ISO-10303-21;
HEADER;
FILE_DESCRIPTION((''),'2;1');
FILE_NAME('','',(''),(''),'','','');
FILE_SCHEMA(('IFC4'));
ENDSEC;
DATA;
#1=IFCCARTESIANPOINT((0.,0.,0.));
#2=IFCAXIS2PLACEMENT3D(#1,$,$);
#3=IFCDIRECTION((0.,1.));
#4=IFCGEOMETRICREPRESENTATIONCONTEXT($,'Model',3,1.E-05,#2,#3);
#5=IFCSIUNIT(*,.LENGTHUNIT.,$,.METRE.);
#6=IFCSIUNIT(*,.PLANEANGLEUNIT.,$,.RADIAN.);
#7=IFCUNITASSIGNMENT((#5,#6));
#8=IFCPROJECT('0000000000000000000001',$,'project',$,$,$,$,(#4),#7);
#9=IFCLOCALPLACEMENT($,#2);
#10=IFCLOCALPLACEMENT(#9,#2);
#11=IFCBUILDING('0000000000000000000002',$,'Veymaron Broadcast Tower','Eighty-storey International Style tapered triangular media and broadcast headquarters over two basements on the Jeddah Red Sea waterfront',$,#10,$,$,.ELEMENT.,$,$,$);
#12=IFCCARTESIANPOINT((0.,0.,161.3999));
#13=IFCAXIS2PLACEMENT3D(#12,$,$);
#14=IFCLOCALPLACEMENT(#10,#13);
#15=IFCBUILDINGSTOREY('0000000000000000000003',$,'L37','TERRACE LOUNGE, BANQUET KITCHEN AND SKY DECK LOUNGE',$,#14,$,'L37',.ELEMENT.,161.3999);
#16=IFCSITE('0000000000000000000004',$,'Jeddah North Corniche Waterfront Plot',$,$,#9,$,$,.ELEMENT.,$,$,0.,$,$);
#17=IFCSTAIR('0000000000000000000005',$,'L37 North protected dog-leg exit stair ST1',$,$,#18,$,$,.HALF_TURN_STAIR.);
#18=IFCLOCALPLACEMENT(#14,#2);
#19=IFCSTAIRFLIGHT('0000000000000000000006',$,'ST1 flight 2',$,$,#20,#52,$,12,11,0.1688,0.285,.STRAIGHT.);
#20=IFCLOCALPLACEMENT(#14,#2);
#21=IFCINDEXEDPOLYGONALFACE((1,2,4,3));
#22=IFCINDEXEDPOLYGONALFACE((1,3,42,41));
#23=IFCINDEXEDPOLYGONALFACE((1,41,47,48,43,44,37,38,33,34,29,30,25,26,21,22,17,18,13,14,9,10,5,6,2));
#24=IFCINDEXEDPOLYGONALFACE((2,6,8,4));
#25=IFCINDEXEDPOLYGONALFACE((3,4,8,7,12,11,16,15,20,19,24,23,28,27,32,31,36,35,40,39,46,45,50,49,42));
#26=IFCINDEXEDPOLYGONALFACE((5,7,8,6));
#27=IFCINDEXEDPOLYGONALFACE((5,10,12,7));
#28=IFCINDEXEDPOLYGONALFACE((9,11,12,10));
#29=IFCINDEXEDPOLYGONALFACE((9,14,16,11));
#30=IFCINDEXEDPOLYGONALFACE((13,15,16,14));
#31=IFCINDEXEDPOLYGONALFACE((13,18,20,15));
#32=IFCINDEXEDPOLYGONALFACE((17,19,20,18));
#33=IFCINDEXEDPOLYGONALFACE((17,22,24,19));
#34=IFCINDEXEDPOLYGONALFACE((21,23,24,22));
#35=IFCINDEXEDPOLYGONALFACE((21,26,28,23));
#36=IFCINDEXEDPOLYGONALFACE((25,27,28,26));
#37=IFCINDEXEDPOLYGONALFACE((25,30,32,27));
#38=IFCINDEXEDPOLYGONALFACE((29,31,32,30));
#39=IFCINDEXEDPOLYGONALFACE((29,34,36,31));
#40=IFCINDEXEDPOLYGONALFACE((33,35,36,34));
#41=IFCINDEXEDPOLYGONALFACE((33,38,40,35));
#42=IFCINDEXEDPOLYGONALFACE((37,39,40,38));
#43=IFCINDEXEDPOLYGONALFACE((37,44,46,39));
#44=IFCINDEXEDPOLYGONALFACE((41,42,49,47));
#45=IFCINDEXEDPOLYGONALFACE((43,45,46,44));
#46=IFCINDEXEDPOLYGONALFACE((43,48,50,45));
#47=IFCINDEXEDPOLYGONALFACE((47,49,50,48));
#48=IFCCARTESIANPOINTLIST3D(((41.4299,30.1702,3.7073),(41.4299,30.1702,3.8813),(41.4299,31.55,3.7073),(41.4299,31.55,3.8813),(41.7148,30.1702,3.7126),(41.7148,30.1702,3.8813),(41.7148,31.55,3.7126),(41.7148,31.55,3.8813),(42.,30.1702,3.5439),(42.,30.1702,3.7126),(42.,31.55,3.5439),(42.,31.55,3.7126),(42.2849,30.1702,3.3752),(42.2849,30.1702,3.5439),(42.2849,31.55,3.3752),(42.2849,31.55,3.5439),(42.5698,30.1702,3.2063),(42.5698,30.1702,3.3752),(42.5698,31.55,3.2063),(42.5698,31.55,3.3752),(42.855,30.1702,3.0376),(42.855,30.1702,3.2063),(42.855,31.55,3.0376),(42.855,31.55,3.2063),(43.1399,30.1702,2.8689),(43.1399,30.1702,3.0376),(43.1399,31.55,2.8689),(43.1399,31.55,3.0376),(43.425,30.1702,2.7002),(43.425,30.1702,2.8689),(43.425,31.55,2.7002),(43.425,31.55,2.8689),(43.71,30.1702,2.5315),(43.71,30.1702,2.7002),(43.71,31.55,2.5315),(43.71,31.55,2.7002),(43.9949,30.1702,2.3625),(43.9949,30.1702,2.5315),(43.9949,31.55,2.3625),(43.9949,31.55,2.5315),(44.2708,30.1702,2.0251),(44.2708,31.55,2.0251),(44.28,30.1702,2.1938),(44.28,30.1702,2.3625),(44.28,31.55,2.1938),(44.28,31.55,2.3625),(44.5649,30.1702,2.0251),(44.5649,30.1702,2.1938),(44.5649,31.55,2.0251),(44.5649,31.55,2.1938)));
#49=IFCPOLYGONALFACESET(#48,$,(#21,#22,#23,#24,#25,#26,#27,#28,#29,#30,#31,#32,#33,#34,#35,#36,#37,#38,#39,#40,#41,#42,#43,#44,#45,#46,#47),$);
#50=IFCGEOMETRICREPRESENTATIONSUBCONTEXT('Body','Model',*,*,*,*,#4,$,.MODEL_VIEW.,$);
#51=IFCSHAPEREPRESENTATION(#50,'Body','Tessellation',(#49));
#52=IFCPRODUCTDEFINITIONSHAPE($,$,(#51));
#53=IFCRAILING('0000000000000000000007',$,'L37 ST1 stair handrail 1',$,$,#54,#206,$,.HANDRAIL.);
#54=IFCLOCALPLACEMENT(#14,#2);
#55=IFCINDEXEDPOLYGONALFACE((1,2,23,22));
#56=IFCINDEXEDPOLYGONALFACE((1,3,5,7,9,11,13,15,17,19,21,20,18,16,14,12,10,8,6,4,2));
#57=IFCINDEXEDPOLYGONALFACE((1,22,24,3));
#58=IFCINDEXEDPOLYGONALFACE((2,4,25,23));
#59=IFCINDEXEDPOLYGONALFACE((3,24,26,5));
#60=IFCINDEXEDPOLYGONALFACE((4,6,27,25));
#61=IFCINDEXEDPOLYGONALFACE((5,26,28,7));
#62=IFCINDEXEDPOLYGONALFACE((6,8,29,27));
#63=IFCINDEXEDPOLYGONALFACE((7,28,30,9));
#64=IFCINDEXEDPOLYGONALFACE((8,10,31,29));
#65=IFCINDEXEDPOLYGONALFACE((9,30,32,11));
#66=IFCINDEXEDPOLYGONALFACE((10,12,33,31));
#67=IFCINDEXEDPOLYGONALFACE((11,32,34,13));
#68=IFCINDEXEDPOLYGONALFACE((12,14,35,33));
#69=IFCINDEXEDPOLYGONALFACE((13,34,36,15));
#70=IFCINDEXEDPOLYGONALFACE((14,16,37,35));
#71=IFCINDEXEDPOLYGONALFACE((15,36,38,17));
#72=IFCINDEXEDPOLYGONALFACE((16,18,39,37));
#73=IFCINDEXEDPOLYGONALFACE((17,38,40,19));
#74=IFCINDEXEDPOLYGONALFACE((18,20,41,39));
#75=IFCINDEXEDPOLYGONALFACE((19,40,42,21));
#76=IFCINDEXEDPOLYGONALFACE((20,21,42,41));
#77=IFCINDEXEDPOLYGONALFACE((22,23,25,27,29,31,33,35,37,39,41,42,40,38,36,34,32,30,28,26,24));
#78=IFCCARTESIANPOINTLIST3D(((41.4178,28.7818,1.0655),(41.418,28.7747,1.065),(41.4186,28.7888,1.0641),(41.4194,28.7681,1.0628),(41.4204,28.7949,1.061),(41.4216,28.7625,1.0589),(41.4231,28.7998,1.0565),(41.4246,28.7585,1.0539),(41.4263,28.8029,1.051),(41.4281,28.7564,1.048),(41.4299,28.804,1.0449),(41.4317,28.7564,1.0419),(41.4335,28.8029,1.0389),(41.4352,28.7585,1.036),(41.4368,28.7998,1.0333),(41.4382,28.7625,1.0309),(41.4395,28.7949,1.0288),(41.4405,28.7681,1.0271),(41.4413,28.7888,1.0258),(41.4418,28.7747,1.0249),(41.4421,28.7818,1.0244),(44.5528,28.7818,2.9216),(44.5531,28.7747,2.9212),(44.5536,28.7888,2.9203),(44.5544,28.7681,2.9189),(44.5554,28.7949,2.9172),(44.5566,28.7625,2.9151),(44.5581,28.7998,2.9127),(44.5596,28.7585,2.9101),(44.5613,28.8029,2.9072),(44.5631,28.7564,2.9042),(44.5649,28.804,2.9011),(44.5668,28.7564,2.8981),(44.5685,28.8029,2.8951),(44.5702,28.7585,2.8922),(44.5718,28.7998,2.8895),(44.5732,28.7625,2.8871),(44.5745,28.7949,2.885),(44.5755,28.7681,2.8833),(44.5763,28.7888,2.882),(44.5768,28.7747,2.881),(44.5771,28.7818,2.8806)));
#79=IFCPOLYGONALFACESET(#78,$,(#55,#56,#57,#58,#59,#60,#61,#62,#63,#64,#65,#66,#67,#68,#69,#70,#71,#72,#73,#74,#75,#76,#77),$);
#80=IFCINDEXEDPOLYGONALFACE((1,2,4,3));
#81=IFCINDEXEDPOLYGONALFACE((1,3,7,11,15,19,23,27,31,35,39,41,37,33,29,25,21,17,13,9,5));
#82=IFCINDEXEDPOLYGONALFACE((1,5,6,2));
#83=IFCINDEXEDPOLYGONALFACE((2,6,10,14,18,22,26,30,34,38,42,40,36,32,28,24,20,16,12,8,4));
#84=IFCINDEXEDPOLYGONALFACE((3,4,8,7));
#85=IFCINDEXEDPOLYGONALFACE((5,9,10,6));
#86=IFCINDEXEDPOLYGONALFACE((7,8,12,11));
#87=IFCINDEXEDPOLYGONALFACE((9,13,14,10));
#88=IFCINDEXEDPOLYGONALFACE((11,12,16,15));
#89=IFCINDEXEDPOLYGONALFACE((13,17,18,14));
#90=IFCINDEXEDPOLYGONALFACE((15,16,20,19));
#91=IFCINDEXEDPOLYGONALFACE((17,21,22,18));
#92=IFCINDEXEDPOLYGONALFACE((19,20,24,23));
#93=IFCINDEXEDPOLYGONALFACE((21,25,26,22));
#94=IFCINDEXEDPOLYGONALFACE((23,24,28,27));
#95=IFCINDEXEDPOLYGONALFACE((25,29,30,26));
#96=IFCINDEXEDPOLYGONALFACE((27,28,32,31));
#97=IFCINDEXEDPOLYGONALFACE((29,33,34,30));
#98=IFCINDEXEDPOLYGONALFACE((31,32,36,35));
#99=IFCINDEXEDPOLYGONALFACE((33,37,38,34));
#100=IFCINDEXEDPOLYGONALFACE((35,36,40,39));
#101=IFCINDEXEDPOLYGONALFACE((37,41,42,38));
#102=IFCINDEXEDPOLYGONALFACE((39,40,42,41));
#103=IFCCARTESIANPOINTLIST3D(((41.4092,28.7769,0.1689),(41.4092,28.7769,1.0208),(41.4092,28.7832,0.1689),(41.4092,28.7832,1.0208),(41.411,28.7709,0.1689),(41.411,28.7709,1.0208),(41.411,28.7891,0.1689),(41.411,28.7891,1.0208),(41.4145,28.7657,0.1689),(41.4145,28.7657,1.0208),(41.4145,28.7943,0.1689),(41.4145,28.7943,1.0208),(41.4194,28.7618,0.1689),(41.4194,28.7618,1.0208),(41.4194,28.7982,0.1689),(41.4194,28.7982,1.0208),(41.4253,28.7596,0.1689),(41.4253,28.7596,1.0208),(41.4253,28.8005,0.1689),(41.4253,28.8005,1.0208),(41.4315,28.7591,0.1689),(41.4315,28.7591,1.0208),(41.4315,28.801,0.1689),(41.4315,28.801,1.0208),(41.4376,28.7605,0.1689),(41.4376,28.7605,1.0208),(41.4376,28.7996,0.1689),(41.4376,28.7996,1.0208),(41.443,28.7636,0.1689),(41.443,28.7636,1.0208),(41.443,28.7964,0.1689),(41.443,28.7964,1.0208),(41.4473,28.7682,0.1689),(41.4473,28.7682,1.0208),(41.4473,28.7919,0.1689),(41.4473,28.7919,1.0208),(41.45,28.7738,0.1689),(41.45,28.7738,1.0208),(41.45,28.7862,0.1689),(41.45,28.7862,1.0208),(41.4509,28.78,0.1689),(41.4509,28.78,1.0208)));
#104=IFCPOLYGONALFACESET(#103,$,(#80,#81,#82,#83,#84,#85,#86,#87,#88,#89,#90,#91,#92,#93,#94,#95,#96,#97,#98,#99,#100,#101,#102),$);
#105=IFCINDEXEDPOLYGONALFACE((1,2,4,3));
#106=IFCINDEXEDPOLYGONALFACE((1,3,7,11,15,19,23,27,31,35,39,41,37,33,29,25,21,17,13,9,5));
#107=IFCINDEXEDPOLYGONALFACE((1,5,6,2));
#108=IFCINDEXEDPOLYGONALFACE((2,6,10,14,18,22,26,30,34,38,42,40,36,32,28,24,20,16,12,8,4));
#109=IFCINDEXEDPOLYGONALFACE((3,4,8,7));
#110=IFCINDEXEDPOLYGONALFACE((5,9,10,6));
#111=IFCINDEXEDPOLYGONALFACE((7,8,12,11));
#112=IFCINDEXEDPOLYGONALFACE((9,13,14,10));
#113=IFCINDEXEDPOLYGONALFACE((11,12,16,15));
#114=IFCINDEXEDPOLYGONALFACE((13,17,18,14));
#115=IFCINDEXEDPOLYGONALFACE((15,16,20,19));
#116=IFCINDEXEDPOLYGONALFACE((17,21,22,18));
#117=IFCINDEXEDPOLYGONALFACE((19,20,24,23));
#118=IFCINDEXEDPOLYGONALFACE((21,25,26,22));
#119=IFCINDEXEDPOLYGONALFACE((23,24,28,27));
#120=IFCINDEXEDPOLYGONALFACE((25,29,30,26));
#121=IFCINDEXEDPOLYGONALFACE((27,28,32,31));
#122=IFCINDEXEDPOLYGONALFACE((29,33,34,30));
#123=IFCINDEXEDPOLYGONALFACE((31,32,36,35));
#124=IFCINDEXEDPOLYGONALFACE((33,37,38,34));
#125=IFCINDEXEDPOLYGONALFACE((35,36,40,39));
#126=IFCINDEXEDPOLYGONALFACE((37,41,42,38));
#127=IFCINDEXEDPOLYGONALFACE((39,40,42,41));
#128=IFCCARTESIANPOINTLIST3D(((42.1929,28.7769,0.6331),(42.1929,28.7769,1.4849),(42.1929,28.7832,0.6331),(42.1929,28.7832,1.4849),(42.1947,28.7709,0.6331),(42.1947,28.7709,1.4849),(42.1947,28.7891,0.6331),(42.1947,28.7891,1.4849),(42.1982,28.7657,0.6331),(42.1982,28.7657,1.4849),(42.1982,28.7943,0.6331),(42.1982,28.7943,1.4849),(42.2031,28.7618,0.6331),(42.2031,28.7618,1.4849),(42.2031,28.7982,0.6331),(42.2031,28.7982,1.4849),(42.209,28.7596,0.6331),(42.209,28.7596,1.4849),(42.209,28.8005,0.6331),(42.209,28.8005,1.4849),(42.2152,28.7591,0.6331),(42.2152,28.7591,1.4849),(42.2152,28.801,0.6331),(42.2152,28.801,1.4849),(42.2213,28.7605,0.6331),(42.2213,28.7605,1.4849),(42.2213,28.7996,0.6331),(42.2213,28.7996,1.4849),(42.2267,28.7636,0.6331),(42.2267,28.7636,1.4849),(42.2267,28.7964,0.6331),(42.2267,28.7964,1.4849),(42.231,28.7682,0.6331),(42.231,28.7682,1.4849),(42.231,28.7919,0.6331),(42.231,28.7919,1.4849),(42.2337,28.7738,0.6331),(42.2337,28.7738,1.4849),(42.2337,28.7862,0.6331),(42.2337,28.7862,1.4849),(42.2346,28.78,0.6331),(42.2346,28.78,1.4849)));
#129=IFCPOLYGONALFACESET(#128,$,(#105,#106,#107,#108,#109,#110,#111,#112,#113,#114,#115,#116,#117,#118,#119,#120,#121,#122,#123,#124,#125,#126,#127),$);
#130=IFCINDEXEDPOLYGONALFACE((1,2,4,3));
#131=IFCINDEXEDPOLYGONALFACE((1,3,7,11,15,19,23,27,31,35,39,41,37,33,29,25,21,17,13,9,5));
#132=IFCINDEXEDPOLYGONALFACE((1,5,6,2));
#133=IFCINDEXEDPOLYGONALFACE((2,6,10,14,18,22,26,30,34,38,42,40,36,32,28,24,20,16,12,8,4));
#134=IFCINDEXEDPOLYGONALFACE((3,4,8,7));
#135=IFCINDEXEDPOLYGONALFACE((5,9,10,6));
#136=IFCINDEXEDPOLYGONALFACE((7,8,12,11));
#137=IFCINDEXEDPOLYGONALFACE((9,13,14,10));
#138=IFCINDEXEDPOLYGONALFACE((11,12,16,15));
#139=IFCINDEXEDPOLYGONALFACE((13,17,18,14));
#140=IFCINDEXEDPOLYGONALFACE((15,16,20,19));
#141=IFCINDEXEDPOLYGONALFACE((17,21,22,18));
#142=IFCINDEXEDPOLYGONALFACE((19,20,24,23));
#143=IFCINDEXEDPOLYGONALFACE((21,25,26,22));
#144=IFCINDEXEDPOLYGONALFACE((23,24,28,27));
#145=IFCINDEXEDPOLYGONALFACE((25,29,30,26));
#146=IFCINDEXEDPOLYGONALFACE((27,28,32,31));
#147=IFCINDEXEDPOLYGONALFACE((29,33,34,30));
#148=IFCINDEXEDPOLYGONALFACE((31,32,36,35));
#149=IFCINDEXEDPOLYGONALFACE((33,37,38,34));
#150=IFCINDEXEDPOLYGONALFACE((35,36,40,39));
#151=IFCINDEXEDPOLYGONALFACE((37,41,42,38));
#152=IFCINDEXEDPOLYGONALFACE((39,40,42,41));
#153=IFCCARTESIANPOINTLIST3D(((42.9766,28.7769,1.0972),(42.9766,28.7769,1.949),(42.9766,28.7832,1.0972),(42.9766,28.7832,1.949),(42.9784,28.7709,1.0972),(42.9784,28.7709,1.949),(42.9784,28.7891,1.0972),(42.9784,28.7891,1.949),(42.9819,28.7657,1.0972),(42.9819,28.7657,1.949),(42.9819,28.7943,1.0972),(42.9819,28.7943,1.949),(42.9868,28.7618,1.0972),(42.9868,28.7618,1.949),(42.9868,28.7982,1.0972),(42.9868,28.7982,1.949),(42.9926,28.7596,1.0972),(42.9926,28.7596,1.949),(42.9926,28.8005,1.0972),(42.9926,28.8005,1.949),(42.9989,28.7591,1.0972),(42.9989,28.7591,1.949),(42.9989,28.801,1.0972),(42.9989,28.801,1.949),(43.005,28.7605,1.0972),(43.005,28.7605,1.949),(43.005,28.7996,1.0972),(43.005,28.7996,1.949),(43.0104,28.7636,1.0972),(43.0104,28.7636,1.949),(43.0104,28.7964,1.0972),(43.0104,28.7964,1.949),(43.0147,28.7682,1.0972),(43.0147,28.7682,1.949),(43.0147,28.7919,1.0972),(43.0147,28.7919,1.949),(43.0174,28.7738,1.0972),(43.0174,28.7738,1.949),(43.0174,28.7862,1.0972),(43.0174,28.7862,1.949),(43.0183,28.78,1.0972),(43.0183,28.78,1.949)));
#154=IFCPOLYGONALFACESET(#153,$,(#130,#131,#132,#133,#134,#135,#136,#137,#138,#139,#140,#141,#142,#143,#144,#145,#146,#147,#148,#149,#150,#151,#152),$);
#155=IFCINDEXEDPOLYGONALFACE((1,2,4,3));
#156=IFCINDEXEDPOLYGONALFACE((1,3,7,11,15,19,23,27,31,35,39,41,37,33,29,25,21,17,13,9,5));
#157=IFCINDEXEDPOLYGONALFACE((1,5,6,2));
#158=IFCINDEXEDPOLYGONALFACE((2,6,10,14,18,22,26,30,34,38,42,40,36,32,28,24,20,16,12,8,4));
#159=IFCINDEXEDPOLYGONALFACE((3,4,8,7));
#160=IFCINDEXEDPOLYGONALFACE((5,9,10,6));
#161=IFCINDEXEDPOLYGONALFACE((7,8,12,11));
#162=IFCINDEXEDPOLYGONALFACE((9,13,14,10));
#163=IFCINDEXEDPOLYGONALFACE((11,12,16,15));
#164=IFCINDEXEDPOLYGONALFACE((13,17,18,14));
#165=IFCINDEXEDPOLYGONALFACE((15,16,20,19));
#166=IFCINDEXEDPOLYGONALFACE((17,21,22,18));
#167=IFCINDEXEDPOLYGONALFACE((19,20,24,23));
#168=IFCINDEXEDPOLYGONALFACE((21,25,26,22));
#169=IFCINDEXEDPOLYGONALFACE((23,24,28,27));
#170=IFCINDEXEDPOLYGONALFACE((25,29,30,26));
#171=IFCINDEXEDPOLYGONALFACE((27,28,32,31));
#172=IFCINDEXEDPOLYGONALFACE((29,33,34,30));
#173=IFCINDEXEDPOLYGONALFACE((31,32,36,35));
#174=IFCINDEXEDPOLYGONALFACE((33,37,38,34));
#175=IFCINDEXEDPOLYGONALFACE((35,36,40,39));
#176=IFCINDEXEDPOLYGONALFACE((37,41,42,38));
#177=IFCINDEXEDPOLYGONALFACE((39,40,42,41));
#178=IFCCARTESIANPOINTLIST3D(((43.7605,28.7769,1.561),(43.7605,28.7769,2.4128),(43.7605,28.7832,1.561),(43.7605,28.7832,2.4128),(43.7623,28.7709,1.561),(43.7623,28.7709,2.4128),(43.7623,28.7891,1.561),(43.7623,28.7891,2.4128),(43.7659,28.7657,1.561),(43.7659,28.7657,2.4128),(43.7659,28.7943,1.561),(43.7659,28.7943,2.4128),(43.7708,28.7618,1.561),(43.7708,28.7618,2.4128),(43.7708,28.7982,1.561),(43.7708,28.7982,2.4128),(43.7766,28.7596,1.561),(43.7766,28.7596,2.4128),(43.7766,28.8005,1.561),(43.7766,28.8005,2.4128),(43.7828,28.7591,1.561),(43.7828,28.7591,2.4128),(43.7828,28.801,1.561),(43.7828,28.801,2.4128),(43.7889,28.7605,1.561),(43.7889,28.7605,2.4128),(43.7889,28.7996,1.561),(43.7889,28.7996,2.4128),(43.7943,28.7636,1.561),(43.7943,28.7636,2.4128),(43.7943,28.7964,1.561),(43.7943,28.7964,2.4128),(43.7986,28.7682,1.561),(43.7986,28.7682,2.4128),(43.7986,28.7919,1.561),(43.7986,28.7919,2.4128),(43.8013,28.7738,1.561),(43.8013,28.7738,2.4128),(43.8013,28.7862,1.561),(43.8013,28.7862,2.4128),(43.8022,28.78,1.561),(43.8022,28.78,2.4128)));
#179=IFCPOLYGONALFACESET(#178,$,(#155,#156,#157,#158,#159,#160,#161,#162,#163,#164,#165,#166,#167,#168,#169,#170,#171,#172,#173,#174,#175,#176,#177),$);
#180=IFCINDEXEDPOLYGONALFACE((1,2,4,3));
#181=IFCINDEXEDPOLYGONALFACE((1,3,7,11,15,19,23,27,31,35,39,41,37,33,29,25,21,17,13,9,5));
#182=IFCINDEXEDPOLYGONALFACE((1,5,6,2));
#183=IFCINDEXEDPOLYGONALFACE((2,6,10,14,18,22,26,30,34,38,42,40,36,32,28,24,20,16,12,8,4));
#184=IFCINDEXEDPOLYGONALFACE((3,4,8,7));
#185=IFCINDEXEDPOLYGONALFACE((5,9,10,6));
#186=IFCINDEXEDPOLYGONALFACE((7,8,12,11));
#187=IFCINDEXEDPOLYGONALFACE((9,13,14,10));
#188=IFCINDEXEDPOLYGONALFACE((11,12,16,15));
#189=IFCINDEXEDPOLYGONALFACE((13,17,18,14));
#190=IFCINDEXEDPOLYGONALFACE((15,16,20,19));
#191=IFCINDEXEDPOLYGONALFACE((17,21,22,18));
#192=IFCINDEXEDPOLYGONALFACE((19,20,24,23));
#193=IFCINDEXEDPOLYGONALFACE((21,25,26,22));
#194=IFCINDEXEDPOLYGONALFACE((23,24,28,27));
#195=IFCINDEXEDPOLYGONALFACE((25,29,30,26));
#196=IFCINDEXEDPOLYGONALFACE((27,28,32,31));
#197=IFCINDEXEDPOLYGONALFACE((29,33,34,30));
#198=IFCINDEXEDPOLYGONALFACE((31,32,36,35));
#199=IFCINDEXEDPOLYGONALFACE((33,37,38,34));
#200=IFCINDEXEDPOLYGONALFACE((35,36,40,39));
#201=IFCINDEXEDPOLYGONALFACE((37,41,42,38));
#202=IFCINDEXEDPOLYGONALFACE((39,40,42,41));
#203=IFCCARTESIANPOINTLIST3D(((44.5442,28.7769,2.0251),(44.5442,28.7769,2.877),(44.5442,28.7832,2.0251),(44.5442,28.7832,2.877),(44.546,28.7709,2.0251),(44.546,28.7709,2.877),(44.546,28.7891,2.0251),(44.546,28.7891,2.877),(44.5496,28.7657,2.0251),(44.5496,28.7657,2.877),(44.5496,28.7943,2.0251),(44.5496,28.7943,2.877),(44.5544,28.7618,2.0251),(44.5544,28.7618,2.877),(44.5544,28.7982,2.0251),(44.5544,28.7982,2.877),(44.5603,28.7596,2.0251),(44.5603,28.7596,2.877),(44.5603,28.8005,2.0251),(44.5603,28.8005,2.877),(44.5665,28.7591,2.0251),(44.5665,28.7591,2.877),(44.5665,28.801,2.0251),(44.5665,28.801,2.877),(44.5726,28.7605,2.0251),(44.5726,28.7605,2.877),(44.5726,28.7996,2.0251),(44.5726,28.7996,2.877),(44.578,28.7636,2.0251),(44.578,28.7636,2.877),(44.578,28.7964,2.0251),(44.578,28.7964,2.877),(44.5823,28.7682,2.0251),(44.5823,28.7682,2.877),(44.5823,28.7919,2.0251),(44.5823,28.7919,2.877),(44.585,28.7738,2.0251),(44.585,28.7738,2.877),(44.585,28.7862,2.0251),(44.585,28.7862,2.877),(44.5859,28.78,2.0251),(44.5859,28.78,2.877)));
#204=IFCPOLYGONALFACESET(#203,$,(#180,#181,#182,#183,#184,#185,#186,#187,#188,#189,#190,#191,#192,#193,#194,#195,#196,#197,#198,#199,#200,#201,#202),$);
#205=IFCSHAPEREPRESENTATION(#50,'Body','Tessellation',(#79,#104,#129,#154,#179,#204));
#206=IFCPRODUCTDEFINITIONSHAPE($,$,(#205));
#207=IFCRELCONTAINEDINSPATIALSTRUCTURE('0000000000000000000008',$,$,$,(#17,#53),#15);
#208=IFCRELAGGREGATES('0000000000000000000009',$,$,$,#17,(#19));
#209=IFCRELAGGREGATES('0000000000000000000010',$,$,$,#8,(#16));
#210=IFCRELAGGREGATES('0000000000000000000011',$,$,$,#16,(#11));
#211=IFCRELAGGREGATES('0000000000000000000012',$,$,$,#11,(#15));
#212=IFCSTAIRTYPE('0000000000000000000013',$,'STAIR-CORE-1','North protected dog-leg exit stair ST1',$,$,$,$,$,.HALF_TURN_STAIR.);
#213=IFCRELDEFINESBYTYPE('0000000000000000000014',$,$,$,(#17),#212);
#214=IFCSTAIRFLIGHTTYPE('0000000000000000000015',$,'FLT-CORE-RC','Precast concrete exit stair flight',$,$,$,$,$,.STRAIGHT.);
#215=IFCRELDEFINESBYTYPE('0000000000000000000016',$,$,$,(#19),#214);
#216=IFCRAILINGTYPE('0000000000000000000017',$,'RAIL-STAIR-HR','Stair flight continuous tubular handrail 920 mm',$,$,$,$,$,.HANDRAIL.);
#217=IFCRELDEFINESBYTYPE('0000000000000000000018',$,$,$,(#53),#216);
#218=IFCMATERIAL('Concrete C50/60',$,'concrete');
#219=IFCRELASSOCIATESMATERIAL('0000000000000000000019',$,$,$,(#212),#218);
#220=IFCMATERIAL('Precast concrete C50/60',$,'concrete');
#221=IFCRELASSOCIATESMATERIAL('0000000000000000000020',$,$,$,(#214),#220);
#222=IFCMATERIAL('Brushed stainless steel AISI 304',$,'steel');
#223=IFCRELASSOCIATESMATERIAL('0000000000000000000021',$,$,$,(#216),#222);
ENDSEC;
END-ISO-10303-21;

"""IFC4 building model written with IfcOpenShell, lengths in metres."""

from ifc_helpers import new_model, si_unit, direction, frame, origin, origin_2d, place, context, subcontext, project, spatial, polyline, circle, outline, extrude, material, type_object, element, aggregate, save


model = new_model("IFC4")

# Units and contexts
model_context = context("Model", 3, precision=1e-05, world=origin(), true_north=direction((0.0, 1.0)))
body_context = subcontext(model_context, "Body", "Model", "MODEL_VIEW")
ifc_project = project(units=[si_unit("LENGTHUNIT", "METRE"), si_unit("PLANEANGLEUNIT", "RADIAN")], contexts=[model_context])

# Site, building, storey
site_placement = place(None, origin())
site = spatial("IfcSite", under=ifc_project, at=site_placement, Name="Jeddah North Corniche Waterfront Plot", CompositionType="ELEMENT", RefElevation=0.0)
building_placement = place(site_placement, origin())
building = spatial("IfcBuilding", under=site, at=building_placement, Name="Veymaron Broadcast Tower", Description="Eighty-storey International Style tapered triangular media and broadcast headquarters over two basements on the Jeddah Red Sea waterfront", CompositionType="ELEMENT")
storey_placement = place(building_placement, frame((0.0, 0.0, 161.3999)))
storey = spatial("IfcBuildingStorey", under=building, at=storey_placement, Name="L37", Description="TERRACE LOUNGE, BANQUET KITCHEN AND SKY DECK LOUNGE", LongName="L37", CompositionType="ELEMENT", Elevation=161.3999)

# Shared definitions
ifc_material_1 = material(Name="Brushed stainless steel AISI 304", Category="steel")

# Shared definitions
ifc_material_2 = material(Name="Concrete C50/60", Category="concrete")

# Stair, stair flight
stair_type = type_object("IfcStairType", Name="STAIR-CORE-1", Description="North protected dog-leg exit stair ST1", PredefinedType="HALF_TURN_STAIR", material=ifc_material_2)
stair_placement = place(storey_placement, origin())
stair = element("IfcStair", 1, at=stair_placement, inside=storey, type_object=stair_type, Name="L37 North protected dog-leg exit stair ST1", PredefinedType="HALF_TURN_STAIR")
ifc_material_3 = material(Name="Precast concrete C50/60", Category="concrete")
stair_flight_type = type_object("IfcStairFlightType", Name="FLT-CORE-RC", Description="Precast concrete exit stair flight", PredefinedType="STRAIGHT", material=ifc_material_3)
stair_flight_1_placement = place(storey_placement, frame((44.5649, 30.8601, 2.0251), z_axis=(0.0, 0.0, 1.0), x_axis=(-1.0, 0.0, 0.0)))
stair_flight_1 = element("IfcStairFlight", 2, at=stair_flight_1_placement, type_object=stair_flight_type, Name="ST1 flight 2", NumberOfRisers=12, NumberOfTreads=11, PredefinedType="STRAIGHT", RiserHeight=0.1688, TreadLength=0.285, context=body_context, shape_type="SweptSolid", body=[
    extrude(outline(polyline([(0.0, 0.0), (0.0, 0.1687), (0.2849, 0.1687), (0.2849, 0.3374), (0.5701, 0.3374), (0.5701, 0.5063), (0.855, 0.5063), (0.855, 0.675), (1.1399, 0.675), (1.1399, 0.8438), (1.425, 0.8438), (1.425, 1.0125), (1.71, 1.0125), (1.71, 1.1812), (1.9951, 1.1812), (1.9951, 1.3501), (2.28, 1.3501), (2.28, 1.5188), (2.5649, 1.5188), (2.5649, 1.6875), (2.8501, 1.6875), (2.8501, 1.8562), (3.135, 1.8562), (3.135, 2.0249), (3.135, 1.6821), (0.2942, 0.0), (0.0, 0.0)])), frame((0.0, 0.6899, 0.0), z_axis=(0.0, -1.0, 0.0), x_axis=(1.0, 0.0, 0.0)), (0.0, 0.0, 1.0), 1.3799),
])
aggregate(stair, [stair_flight_1])

# Railing
railing_type_1 = type_object("IfcRailingType", Name="RAIL-STAIR-HR", Description="Stair flight continuous tubular handrail 920 mm", PredefinedType="HANDRAIL", material=ifc_material_1)
railing_1_placement = place(storey_placement, frame((41.4299, 28.78, 0.1689)))
element("IfcRailing", 3, at=railing_1_placement, inside=storey, type_object=railing_type_1, Name="L37 ST1 stair handrail 1", PredefinedType="HANDRAIL", context=body_context, shape_type="SweptSolid", body=[
    extrude(circle(Radius=0.0239, at=origin_2d()), frame((0.0, 0.0, 0.876), z_axis=(0.860482, 0.0, 0.509481), x_axis=(0.0, 1.0, 0.0)), (0.0, 0.0, 1.0), 3.6433),
    extrude(circle(Radius=0.021, at=origin_2d()), origin(), (0.0, 0.0, 1.0), 0.8518),
    extrude(circle(Radius=0.021, at=origin_2d()), frame((0.7837, 0.0, 0.4641)), (0.0, 0.0, 1.0), 0.8518),
    extrude(circle(Radius=0.021, at=origin_2d()), frame((1.5674, 0.0, 0.9282)), (0.0, 0.0, 1.0), 0.8518),
    extrude(circle(Radius=0.021, at=origin_2d()), frame((2.3513, 0.0, 1.3921)), (0.0, 0.0, 1.0), 0.8518),
    extrude(circle(Radius=0.021, at=origin_2d()), frame((3.135, 0.0, 1.8562)), (0.0, 0.0, 1.0), 0.8518),
])

save(model, "model.ifc")
